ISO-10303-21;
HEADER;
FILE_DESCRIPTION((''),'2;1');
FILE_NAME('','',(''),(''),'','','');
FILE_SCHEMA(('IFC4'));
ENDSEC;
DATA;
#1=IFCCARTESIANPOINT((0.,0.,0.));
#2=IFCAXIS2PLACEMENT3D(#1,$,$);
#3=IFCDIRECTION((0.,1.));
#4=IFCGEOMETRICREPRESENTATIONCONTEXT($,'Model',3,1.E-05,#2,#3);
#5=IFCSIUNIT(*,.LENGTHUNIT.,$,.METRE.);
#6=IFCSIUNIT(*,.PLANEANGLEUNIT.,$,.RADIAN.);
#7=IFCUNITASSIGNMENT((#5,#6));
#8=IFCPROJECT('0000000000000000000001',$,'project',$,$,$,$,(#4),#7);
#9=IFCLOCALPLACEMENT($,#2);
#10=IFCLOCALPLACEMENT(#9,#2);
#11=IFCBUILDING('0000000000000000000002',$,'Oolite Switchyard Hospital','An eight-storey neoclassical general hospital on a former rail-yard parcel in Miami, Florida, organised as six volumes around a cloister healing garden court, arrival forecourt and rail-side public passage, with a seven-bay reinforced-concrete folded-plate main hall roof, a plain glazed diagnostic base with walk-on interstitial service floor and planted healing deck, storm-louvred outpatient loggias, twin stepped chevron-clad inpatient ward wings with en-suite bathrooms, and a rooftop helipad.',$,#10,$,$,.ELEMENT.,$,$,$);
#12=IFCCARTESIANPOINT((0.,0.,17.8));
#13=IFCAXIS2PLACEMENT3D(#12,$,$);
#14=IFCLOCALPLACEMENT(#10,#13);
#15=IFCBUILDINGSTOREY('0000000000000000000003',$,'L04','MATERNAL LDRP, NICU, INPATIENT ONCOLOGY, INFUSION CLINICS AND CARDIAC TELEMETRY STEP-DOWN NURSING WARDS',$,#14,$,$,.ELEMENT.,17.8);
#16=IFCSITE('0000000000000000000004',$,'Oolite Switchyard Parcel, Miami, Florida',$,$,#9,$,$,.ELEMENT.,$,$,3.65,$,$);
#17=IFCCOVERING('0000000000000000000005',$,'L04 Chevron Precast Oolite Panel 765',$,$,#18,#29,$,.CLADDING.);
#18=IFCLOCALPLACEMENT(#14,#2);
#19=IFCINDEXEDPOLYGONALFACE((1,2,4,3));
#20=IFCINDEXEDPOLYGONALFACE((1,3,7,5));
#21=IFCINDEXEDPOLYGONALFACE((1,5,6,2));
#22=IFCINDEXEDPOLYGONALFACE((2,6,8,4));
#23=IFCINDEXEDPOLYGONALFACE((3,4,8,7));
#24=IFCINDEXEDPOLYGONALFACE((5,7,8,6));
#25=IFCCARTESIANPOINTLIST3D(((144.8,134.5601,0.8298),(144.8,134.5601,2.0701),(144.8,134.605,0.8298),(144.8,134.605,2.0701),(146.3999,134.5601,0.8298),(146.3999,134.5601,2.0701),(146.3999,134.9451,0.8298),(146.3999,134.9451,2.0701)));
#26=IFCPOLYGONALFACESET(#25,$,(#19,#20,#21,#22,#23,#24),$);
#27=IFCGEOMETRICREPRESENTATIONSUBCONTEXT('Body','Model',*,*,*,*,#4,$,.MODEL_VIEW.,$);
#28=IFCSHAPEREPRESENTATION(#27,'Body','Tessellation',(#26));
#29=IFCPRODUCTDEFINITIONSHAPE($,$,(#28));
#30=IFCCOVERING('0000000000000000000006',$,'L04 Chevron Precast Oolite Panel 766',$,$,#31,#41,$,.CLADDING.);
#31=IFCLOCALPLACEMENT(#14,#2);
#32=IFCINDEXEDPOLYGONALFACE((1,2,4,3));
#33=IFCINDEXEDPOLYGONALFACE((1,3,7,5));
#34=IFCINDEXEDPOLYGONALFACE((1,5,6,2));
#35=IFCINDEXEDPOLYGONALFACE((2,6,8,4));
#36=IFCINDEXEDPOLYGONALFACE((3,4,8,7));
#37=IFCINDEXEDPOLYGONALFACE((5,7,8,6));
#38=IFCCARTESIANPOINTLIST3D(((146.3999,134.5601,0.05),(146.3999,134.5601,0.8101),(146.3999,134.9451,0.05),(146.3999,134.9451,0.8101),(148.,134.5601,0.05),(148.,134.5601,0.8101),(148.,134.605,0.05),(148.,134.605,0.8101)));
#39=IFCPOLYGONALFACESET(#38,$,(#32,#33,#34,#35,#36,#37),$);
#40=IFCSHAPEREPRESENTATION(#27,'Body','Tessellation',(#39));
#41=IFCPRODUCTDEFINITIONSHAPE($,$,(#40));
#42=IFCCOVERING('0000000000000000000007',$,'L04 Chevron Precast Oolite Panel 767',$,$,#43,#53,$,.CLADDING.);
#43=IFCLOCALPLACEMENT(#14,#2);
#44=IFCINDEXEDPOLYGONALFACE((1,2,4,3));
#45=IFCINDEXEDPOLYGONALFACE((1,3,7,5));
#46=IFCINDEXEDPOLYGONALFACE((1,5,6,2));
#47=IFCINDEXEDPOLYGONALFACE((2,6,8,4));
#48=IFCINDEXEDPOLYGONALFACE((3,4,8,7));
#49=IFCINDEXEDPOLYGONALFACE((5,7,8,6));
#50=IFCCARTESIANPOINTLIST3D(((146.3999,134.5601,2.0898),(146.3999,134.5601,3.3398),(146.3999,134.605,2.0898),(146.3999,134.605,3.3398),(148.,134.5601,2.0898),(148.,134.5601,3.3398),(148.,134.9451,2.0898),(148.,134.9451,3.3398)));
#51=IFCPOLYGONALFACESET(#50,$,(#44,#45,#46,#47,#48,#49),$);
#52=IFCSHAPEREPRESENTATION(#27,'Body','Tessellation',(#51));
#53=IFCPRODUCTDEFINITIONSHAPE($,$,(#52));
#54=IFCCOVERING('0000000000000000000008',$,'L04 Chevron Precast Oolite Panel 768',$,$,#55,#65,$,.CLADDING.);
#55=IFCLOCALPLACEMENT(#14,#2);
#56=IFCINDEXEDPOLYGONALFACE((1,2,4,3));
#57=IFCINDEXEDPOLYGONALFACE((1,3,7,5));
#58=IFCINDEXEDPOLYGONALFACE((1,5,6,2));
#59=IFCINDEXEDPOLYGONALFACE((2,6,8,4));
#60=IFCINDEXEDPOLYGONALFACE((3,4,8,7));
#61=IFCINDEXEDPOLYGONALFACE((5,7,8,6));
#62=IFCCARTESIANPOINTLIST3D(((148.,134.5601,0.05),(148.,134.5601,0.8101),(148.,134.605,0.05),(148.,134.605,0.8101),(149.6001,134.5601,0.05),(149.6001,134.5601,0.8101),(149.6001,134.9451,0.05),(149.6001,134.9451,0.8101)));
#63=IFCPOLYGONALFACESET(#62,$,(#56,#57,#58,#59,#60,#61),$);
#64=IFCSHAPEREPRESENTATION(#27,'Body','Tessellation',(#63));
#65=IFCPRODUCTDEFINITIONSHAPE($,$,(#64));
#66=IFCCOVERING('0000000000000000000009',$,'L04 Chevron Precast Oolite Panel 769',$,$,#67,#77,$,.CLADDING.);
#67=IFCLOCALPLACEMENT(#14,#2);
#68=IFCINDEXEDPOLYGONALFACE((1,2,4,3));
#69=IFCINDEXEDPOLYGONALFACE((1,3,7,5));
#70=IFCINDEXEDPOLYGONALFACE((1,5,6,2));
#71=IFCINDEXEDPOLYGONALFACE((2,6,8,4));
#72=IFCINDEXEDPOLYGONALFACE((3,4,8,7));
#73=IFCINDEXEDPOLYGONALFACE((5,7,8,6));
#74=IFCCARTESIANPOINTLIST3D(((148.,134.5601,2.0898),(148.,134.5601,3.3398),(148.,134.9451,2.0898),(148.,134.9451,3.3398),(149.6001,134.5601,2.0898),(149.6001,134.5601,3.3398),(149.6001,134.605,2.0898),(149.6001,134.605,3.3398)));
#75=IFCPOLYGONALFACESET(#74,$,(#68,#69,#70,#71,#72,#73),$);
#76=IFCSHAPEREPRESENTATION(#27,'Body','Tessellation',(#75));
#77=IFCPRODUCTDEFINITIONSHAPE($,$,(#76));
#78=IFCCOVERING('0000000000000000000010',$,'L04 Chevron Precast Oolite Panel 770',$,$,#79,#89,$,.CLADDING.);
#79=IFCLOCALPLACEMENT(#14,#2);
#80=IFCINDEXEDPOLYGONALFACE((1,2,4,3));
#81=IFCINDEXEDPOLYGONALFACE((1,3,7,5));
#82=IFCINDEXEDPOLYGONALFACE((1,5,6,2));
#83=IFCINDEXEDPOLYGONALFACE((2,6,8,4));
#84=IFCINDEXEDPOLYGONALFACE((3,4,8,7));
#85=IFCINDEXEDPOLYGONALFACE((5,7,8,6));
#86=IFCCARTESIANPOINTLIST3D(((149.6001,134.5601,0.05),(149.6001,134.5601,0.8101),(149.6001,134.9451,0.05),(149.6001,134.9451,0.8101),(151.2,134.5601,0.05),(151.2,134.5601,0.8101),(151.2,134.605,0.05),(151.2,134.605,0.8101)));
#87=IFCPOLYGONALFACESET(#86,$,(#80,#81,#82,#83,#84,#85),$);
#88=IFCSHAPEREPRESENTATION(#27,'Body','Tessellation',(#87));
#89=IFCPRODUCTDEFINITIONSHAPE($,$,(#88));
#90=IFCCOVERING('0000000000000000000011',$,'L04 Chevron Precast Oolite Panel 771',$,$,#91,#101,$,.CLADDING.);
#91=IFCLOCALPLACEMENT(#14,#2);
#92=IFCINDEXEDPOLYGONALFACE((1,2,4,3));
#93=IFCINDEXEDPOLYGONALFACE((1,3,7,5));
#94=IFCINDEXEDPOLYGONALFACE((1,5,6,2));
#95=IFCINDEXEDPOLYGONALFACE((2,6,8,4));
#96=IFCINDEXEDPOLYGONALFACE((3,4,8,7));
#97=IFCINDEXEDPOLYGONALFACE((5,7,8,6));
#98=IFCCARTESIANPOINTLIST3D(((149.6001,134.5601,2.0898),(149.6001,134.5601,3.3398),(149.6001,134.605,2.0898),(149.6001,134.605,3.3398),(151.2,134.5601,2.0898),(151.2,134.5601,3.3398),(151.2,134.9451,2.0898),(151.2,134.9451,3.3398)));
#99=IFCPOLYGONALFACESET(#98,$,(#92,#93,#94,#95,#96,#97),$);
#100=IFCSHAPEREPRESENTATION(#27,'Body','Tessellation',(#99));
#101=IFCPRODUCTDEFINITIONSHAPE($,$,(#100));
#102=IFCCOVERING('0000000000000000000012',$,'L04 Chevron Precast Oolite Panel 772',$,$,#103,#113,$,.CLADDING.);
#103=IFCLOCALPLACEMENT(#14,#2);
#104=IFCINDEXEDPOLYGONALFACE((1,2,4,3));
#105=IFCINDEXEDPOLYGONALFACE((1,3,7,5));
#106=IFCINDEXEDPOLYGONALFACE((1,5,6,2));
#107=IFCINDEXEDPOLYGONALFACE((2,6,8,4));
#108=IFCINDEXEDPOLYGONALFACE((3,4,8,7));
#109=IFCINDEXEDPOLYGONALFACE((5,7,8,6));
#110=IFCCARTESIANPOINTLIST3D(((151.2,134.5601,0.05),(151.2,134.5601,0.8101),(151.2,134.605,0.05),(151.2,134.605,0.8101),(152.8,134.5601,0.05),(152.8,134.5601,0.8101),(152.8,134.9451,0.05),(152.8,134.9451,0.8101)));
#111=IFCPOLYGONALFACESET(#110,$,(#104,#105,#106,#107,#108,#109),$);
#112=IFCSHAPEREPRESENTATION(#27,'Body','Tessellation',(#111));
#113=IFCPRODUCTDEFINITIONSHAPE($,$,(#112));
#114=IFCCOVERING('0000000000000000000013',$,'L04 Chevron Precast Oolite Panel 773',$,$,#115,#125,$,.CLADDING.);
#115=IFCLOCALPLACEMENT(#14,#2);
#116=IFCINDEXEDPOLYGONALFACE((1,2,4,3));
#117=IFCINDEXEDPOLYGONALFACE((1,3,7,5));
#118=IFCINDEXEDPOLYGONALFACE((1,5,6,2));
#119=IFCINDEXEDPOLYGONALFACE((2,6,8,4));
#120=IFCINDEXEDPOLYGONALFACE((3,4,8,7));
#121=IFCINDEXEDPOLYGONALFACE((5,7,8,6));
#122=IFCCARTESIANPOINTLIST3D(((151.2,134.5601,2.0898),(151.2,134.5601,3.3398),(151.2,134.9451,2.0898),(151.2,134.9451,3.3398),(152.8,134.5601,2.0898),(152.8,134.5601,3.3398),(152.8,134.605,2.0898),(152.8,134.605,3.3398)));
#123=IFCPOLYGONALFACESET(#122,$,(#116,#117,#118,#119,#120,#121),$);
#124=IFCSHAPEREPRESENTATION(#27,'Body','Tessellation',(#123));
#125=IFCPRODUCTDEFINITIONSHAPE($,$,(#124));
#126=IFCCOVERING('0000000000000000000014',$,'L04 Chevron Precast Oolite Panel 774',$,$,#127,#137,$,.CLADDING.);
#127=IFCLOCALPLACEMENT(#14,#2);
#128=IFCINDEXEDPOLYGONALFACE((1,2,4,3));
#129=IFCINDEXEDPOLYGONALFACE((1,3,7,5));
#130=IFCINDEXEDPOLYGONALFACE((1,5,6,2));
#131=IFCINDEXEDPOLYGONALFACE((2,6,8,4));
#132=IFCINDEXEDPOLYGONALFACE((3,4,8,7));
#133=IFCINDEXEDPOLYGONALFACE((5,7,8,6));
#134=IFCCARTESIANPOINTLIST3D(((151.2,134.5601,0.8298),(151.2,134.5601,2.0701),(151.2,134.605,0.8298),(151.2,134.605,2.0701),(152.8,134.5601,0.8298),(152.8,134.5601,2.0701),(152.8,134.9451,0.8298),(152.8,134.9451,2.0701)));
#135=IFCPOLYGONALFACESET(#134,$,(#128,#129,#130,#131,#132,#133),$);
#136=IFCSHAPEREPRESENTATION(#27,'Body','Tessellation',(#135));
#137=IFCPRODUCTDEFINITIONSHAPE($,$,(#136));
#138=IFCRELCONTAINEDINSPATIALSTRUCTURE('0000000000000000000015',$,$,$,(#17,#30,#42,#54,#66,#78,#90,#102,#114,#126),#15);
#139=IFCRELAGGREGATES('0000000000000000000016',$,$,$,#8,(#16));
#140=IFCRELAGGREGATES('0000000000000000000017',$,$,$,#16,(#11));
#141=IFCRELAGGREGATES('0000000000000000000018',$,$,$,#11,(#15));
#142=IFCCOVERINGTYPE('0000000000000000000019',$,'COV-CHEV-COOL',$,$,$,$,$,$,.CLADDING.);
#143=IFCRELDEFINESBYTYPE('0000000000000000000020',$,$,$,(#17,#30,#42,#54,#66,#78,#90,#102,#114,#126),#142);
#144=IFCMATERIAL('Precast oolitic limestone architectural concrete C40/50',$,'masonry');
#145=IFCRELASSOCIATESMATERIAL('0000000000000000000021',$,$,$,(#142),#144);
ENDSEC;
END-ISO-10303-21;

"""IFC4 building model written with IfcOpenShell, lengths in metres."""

from ifc_helpers import new_model, si_unit, direction, frame, origin, place, context, subcontext, project, spatial, polyline, outline, extrude, material, type_object, element, save


model = new_model("IFC4")

# Units and contexts
model_context = context("Model", 3, precision=1e-05, world=origin(), true_north=direction((0.0, 1.0)))
body_context = subcontext(model_context, "Body", "Model", "MODEL_VIEW")
ifc_project = project(units=[si_unit("LENGTHUNIT", "METRE"), si_unit("PLANEANGLEUNIT", "RADIAN")], contexts=[model_context])

# Site, building, storey
site_placement = place(None, origin())
site = spatial("IfcSite", under=ifc_project, at=site_placement, Name="Oolite Switchyard Parcel, Miami, Florida", CompositionType="ELEMENT", RefElevation=3.65)
building_placement = place(site_placement, origin())
building = spatial("IfcBuilding", under=site, at=building_placement, Name="Oolite Switchyard Hospital", Description="An eight-storey neoclassical general hospital on a former rail-yard parcel in Miami, Florida, organised as six volumes around a cloister healing garden court, arrival forecourt and rail-side public passage, with a seven-bay reinforced-concrete folded-plate main hall roof, a plain glazed diagnostic base with walk-on interstitial service floor and planted healing deck, storm-louvred outpatient loggias, twin stepped chevron-clad inpatient ward wings with en-suite bathrooms, and a rooftop helipad.", CompositionType="ELEMENT")
storey_placement = place(building_placement, frame((0.0, 0.0, 17.8)))
storey = spatial("IfcBuildingStorey", under=building, at=storey_placement, Name="L04", Description="MATERNAL LDRP, NICU, INPATIENT ONCOLOGY, INFUSION CLINICS AND CARDIAC TELEMETRY STEP-DOWN NURSING WARDS", CompositionType="ELEMENT", Elevation=17.8)

# Shared definitions
ifc_material_1 = material(Name="Precast oolitic limestone architectural concrete C40/50", Category="masonry")

# Coverings
covering_type = type_object("IfcCoveringType", Name="COV-CHEV-COOL", PredefinedType="CLADDING", material=ifc_material_1)
covering_1_placement = place(storey_placement, frame((144.8, 134.5601, 0.8298), z_axis=(0.0, 0.0, 1.0), x_axis=(1.0, 0.0, 0.0)))
element("IfcCovering", 1, at=covering_1_placement, inside=storey, type_object=covering_type, Name="L04 Chevron Precast Oolite Panel 765", PredefinedType="CLADDING", context=body_context, shape_type="SweptSolid", body=[
    extrude(outline(polyline([(0.0, 0.0), (1.5999, 0.0), (1.5999, 0.385), (0.0, 0.0449), (0.0, 0.0)])), origin(), (0.0, 0.0, 1.0), 1.2402),
])
covering_2_placement = place(storey_placement, frame((146.3999, 134.5601, 0.05), z_axis=(0.0, 0.0, 1.0), x_axis=(1.0, 0.0, 0.0)))
element("IfcCovering", 2, at=covering_2_placement, inside=storey, type_object=covering_type, Name="L04 Chevron Precast Oolite Panel 766", PredefinedType="CLADDING", context=body_context, shape_type="SweptSolid", body=[
    extrude(outline(polyline([(0.0, 0.0), (1.6001, 0.0), (1.6001, 0.0449), (0.0, 0.385), (0.0, 0.0)])), origin(), (0.0, 0.0, 1.0), 0.76),
])
covering_3_placement = place(storey_placement, frame((146.3999, 134.5601, 2.0898), z_axis=(0.0, 0.0, 1.0), x_axis=(1.0, 0.0, 0.0)))
element("IfcCovering", 3, at=covering_3_placement, inside=storey, type_object=covering_type, Name="L04 Chevron Precast Oolite Panel 767", PredefinedType="CLADDING", context=body_context, shape_type="SweptSolid", body=[
    extrude(outline(polyline([(0.0, 0.0), (1.6001, 0.0), (1.6001, 0.385), (0.0, 0.0449), (0.0, 0.0)])), origin(), (0.0, 0.0, 1.0), 1.25),
])
covering_4_placement = place(storey_placement, frame((148.0, 134.5601, 0.05), z_axis=(0.0, 0.0, 1.0), x_axis=(1.0, 0.0, 0.0)))
element("IfcCovering", 4, at=covering_4_placement, inside=storey, type_object=covering_type, Name="L04 Chevron Precast Oolite Panel 768", PredefinedType="CLADDING", context=body_context, shape_type="SweptSolid", body=[
    extrude(outline(polyline([(0.0, 0.0), (1.6001, 0.0), (1.6001, 0.385), (0.0, 0.0449), (0.0, 0.0)])), origin(), (0.0, 0.0, 1.0), 0.76),
])
covering_5_placement = place(storey_placement, frame((148.0, 134.5601, 2.0898), z_axis=(0.0, 0.0, 1.0), x_axis=(1.0, 0.0, 0.0)))
element("IfcCovering", 5, at=covering_5_placement, inside=storey, type_object=covering_type, Name="L04 Chevron Precast Oolite Panel 769", PredefinedType="CLADDING", context=body_context, shape_type="SweptSolid", body=[
    extrude(outline(polyline([(0.0, 0.0), (1.6001, 0.0), (1.6001, 0.0449), (0.0, 0.385), (0.0, 0.0)])), origin(), (0.0, 0.0, 1.0), 1.25),
])
covering_6_placement = place(storey_placement, frame((149.6001, 134.5601, 0.05), z_axis=(0.0, 0.0, 1.0), x_axis=(1.0, 0.0, 0.0)))
element("IfcCovering", 6, at=covering_6_placement, inside=storey, type_object=covering_type, Name="L04 Chevron Precast Oolite Panel 770", PredefinedType="CLADDING", context=body_context, shape_type="SweptSolid", body=[
    extrude(outline(polyline([(0.0, 0.0), (1.5999, 0.0), (1.5999, 0.0449), (0.0, 0.385), (0.0, 0.0)])), origin(), (0.0, 0.0, 1.0), 0.76),
])
covering_7_placement = place(storey_placement, frame((149.6001, 134.5601, 2.0898), z_axis=(0.0, 0.0, 1.0), x_axis=(1.0, 0.0, 0.0)))
element("IfcCovering", 7, at=covering_7_placement, inside=storey, type_object=covering_type, Name="L04 Chevron Precast Oolite Panel 771", PredefinedType="CLADDING", context=body_context, shape_type="SweptSolid", body=[
    extrude(outline(polyline([(0.0, 0.0), (1.5999, 0.0), (1.5999, 0.385), (0.0, 0.0449), (0.0, 0.0)])), origin(), (0.0, 0.0, 1.0), 1.25),
])
covering_8_placement = place(storey_placement, frame((151.2, 134.5601, 0.05), z_axis=(0.0, 0.0, 1.0), x_axis=(1.0, 0.0, 0.0)))
element("IfcCovering", 8, at=covering_8_placement, inside=storey, type_object=covering_type, Name="L04 Chevron Precast Oolite Panel 772", PredefinedType="CLADDING", context=body_context, shape_type="SweptSolid", body=[
    extrude(outline(polyline([(0.0, 0.0), (1.6001, 0.0), (1.6001, 0.385), (0.0, 0.0449), (0.0, 0.0)])), origin(), (0.0, 0.0, 1.0), 0.76),
])
covering_9_placement = place(storey_placement, frame((151.2, 134.5601, 2.0898), z_axis=(0.0, 0.0, 1.0), x_axis=(1.0, 0.0, 0.0)))
element("IfcCovering", 9, at=covering_9_placement, inside=storey, type_object=covering_type, Name="L04 Chevron Precast Oolite Panel 773", PredefinedType="CLADDING", context=body_context, shape_type="SweptSolid", body=[
    extrude(outline(polyline([(0.0, 0.0), (1.6001, 0.0), (1.6001, 0.0449), (0.0, 0.385), (0.0, 0.0)])), origin(), (0.0, 0.0, 1.0), 1.25),
])
covering_10_placement = place(storey_placement, frame((151.2, 134.5601, 0.8298), z_axis=(0.0, 0.0, 1.0), x_axis=(1.0, 0.0, 0.0)))
element("IfcCovering", 10, at=covering_10_placement, inside=storey, type_object=covering_type, Name="L04 Chevron Precast Oolite Panel 774", PredefinedType="CLADDING", context=body_context, shape_type="SweptSolid", body=[
    extrude(outline(polyline([(0.0, 0.0), (1.6001, 0.0), (1.6001, 0.385), (0.0, 0.0449), (0.0, 0.0)])), origin(), (0.0, 0.0, 1.0), 1.2402),
])

save(model, "model.ifc")
